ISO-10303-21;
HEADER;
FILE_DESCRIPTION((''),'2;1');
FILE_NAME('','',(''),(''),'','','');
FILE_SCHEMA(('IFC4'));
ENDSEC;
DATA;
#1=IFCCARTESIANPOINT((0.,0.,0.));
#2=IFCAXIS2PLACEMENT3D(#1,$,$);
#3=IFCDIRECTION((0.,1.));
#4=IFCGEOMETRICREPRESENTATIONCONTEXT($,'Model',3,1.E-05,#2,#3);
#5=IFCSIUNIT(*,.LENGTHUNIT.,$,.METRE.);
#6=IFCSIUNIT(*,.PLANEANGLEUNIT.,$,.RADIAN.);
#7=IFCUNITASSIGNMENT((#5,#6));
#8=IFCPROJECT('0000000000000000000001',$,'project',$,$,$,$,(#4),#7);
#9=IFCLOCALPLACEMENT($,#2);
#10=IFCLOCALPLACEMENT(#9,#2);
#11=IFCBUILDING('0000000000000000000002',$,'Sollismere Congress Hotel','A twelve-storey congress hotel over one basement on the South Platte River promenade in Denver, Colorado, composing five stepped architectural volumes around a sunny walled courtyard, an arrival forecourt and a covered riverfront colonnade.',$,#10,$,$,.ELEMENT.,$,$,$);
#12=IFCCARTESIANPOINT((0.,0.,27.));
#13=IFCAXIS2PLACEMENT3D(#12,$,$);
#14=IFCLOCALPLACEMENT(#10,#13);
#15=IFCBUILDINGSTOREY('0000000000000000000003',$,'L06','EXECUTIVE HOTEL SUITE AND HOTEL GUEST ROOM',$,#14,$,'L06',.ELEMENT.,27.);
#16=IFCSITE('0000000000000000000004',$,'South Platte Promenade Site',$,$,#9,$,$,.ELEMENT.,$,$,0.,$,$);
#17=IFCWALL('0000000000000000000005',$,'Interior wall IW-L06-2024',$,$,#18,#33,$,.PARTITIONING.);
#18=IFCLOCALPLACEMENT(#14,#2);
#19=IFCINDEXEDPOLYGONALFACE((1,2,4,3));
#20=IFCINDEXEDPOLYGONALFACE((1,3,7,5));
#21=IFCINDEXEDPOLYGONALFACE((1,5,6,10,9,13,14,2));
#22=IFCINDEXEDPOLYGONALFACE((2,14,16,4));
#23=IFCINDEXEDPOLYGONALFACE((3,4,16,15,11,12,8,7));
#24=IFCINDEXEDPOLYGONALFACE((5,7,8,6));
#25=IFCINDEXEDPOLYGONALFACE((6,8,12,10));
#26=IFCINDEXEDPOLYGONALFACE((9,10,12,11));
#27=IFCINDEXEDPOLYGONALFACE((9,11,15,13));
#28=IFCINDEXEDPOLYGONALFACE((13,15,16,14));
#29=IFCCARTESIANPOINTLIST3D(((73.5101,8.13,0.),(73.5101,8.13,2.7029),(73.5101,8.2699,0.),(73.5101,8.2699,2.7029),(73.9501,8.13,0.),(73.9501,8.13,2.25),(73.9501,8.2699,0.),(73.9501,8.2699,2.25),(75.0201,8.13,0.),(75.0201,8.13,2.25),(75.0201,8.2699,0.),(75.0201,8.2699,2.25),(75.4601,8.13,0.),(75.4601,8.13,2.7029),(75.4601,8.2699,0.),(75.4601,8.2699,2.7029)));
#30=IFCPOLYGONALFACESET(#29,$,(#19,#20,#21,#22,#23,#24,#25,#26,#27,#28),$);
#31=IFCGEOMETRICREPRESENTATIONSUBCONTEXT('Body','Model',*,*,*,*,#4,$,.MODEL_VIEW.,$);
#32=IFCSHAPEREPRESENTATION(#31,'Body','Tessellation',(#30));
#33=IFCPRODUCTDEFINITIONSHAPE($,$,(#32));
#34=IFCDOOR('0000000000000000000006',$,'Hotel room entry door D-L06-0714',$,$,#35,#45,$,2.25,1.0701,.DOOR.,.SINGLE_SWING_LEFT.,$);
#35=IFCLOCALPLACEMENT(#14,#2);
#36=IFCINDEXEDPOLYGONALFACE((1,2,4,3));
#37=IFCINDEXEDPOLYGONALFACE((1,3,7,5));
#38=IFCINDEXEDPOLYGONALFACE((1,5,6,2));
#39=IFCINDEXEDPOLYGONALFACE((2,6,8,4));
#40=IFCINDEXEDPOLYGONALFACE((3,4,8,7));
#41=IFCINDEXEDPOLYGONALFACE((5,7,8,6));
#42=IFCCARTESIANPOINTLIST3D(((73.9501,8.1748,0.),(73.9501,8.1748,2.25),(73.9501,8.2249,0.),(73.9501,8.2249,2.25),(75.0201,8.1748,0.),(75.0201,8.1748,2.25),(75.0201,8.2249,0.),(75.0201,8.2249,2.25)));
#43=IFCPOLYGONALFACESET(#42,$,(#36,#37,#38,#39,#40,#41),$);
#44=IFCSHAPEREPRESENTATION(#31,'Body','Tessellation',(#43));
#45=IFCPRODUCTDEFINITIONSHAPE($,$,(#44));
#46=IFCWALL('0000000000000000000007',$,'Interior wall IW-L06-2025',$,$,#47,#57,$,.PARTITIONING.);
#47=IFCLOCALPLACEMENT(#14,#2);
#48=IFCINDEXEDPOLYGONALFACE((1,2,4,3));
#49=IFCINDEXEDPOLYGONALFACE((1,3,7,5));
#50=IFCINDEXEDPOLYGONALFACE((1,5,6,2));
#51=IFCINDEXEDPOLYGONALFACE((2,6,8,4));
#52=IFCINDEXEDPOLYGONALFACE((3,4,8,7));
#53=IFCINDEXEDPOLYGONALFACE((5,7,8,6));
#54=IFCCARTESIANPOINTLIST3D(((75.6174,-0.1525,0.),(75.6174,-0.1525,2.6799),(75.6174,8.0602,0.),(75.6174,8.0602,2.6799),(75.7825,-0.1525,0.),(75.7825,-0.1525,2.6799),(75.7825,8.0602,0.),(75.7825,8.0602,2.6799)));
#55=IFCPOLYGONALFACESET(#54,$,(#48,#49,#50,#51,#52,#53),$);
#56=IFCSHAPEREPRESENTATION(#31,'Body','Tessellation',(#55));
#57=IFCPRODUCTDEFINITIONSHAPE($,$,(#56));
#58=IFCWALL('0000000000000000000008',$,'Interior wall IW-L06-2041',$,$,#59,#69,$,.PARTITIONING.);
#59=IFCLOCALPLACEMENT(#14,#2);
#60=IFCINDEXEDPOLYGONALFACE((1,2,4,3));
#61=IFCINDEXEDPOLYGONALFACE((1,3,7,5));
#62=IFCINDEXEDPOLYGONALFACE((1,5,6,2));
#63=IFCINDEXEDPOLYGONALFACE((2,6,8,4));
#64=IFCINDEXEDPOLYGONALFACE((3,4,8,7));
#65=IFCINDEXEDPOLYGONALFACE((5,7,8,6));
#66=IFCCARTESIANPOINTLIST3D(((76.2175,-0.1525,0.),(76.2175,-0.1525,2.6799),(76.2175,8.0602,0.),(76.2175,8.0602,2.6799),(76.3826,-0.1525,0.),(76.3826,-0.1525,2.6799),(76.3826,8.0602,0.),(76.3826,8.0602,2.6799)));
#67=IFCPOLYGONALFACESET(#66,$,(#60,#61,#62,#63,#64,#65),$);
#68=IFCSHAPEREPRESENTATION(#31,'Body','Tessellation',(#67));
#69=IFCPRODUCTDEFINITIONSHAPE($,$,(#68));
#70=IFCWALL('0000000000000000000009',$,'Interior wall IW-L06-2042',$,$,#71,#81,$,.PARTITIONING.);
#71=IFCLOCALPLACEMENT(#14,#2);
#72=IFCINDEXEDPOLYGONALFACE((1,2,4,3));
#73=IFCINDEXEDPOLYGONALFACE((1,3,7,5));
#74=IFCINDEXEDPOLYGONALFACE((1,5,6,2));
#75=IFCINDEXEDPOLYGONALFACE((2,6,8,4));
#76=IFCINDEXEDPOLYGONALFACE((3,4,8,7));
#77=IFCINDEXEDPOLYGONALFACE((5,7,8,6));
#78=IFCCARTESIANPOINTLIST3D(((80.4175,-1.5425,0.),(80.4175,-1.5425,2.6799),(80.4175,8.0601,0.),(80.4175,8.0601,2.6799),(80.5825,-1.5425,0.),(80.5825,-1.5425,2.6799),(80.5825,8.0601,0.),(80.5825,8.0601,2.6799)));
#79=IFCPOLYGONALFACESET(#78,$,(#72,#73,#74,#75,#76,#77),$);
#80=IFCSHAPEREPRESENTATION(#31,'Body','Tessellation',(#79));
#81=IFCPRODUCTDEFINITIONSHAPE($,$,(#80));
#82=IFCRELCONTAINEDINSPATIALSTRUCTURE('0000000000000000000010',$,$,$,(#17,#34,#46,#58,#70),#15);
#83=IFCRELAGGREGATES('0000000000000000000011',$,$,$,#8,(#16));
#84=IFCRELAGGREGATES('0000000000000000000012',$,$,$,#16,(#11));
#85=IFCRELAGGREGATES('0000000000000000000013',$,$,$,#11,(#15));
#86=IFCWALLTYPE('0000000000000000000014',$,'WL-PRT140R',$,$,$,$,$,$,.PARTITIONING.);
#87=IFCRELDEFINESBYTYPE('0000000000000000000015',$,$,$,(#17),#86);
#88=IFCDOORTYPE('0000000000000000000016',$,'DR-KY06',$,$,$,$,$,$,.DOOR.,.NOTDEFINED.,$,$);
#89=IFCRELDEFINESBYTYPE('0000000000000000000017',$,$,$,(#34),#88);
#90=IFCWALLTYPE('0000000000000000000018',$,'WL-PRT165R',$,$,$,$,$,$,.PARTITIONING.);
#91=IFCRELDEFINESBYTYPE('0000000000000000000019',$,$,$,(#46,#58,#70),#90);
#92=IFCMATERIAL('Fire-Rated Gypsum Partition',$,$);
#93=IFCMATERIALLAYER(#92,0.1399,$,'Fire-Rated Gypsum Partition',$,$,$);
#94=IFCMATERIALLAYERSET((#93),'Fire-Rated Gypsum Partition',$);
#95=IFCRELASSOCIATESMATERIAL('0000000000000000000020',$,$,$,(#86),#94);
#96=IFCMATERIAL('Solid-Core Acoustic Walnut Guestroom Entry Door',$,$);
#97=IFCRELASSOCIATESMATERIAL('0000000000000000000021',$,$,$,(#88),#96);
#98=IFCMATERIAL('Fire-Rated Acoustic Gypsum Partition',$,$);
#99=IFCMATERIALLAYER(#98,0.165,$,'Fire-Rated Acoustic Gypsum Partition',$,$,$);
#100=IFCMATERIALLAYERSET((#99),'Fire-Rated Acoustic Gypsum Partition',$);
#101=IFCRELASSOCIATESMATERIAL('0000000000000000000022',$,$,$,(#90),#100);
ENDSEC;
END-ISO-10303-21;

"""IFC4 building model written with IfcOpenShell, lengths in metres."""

from ifc_helpers import new_model, si_unit, direction, frame, frame_2d, origin, place, context, subcontext, project, spatial, rectangle, extrude, material, layer, layer_set, type_object, element, fill, save


model = new_model("IFC4")

# Units and contexts
model_context = context("Model", 3, precision=1e-05, world=origin(), true_north=direction((0.0, 1.0)))
body_context = subcontext(model_context, "Body", "Model", "MODEL_VIEW")
ifc_project = project(units=[si_unit("LENGTHUNIT", "METRE"), si_unit("PLANEANGLEUNIT", "RADIAN")], contexts=[model_context])

# Site, building, storey
site_placement = place(None, origin())
site = spatial("IfcSite", under=ifc_project, at=site_placement, Name="South Platte Promenade Site", CompositionType="ELEMENT", RefElevation=0.0)
building_placement = place(site_placement, origin())
building = spatial("IfcBuilding", under=site, at=building_placement, Name="Sollismere Congress Hotel", Description="A twelve-storey congress hotel over one basement on the South Platte River promenade in Denver, Colorado, composing five stepped architectural volumes around a sunny walled courtyard, an arrival forecourt and a covered riverfront colonnade.", CompositionType="ELEMENT")
storey_placement = place(building_placement, frame((0.0, 0.0, 27.0)))
storey = spatial("IfcBuildingStorey", under=building, at=storey_placement, Name="L06", Description="EXECUTIVE HOTEL SUITE AND HOTEL GUEST ROOM", LongName="L06", CompositionType="ELEMENT", Elevation=27.0)

# Shared definitions
ifc_material_1 = material(Name="Fire-Rated Gypsum Partition")
ifc_layer_1 = layer(ifc_material_1, 0.1399, Name="Fire-Rated Gypsum Partition")
ifc_layer_set_1 = layer_set([ifc_layer_1], Name="Fire-Rated Gypsum Partition")
wall_type_1 = type_object("IfcWallType", Name="WL-PRT140R", PredefinedType="PARTITIONING", material=ifc_layer_set_1)

# Wall, opening, door
wall_1_placement = place(storey_placement, frame((73.51, 8.2, 0.0), z_axis=(0.0, 0.0, 1.0), x_axis=(1.0, 0.0, 0.0)))
wall_1 = element("IfcWall", 1, at=wall_1_placement, inside=storey, type_object=wall_type_1, Name="Interior wall IW-L06-2024", PredefinedType="PARTITIONING", context=body_context, shape_type="SweptSolid", body=[
    extrude(rectangle(XDim=1.95, YDim=0.1399, at=frame_2d((0.9751, 0.0))), origin(), (0.0, 0.0, 1.0), 2.7029),
])
opening_1_placement = place(wall_1_placement, frame((0.4399, 0.0, 0.0)))
opening_1 = element("IfcOpeningElement", 2, at=opening_1_placement, cuts=wall_1, PredefinedType="OPENING", context=body_context, shape_type="SweptSolid", body=[
    extrude(rectangle(XDim=1.0701, YDim=2.25, at=frame_2d((0.5352, 1.125))), frame((0.0, 0.0798, 0.0), z_axis=(0.0, -1.0, 0.0), x_axis=(1.0, 0.0, 0.0)), (0.0, 0.0, 1.0), 0.1599),
])
ifc_material_2 = material(Name="Solid-Core Acoustic Walnut Guestroom Entry Door")
door_type_1 = type_object("IfcDoorType", Name="DR-KY06", OperationType="NOTDEFINED", PredefinedType="DOOR", material=ifc_material_2)
door_1_placement = place(opening_1_placement, origin())
door_1 = element("IfcDoor", 3, at=door_1_placement, inside=storey, type_object=door_type_1, Name="Hotel room entry door D-L06-0714", OperationType="SINGLE_SWING_LEFT", OverallHeight=2.25, OverallWidth=1.0701, PredefinedType="DOOR", context=body_context, shape_type="SweptSolid", body=[
    extrude(rectangle(XDim=1.0701, YDim=2.25, at=frame_2d((0.5352, 1.125))), frame((0.0, 0.0249, 0.0), z_axis=(0.0, -1.0, 0.0), x_axis=(1.0, 0.0, 0.0)), (0.0, 0.0, 1.0), 0.05),
])
fill(opening_1, door_1)

# Walls
ifc_material_3 = material(Name="Fire-Rated Acoustic Gypsum Partition")
ifc_layer_2 = layer(ifc_material_3, 0.165, Name="Fire-Rated Acoustic Gypsum Partition")
ifc_layer_set_2 = layer_set([ifc_layer_2], Name="Fire-Rated Acoustic Gypsum Partition")
wall_type_2 = type_object("IfcWallType", Name="WL-PRT165R", PredefinedType="PARTITIONING", material=ifc_layer_set_2)
for number, where, z_axis, x_axis, name in (
    (4, (75.7, -0.1526, 0.0), (0.0, 0.0, 1.0), (0.0, 1.0, 0.0), "Interior wall IW-L06-2025"),
    (5, (76.3, -0.1526, 0.0), (0.0, 0.0, 1.0), (0.0, 1.0, 0.0), "Interior wall IW-L06-2041"),
):
    element("IfcWall", number, at=place(storey_placement, frame(where, z_axis=z_axis, x_axis=x_axis)), inside=storey, type_object=wall_type_2, Name=name, PredefinedType="PARTITIONING", context=body_context, shape_type="SweptSolid", body=[
        extrude(rectangle(XDim=8.2126, YDim=0.165, at=frame_2d((4.1064, 0.0))), origin(), (0.0, 0.0, 1.0), 2.6799),
    ])
wall_2_placement = place(storey_placement, frame((80.5, -1.5425, 0.0), z_axis=(0.0, 0.0, 1.0), x_axis=(0.0, 1.0, 0.0)))
element("IfcWall", 6, at=wall_2_placement, inside=storey, type_object=wall_type_2, Name="Interior wall IW-L06-2042", PredefinedType="PARTITIONING", context=body_context, shape_type="SweptSolid", body=[
    extrude(rectangle(XDim=9.6025, YDim=0.165, at=frame_2d((4.8013, 0.0))), origin(), (0.0, 0.0, 1.0), 2.6799),
])

save(model, "model.ifc")
